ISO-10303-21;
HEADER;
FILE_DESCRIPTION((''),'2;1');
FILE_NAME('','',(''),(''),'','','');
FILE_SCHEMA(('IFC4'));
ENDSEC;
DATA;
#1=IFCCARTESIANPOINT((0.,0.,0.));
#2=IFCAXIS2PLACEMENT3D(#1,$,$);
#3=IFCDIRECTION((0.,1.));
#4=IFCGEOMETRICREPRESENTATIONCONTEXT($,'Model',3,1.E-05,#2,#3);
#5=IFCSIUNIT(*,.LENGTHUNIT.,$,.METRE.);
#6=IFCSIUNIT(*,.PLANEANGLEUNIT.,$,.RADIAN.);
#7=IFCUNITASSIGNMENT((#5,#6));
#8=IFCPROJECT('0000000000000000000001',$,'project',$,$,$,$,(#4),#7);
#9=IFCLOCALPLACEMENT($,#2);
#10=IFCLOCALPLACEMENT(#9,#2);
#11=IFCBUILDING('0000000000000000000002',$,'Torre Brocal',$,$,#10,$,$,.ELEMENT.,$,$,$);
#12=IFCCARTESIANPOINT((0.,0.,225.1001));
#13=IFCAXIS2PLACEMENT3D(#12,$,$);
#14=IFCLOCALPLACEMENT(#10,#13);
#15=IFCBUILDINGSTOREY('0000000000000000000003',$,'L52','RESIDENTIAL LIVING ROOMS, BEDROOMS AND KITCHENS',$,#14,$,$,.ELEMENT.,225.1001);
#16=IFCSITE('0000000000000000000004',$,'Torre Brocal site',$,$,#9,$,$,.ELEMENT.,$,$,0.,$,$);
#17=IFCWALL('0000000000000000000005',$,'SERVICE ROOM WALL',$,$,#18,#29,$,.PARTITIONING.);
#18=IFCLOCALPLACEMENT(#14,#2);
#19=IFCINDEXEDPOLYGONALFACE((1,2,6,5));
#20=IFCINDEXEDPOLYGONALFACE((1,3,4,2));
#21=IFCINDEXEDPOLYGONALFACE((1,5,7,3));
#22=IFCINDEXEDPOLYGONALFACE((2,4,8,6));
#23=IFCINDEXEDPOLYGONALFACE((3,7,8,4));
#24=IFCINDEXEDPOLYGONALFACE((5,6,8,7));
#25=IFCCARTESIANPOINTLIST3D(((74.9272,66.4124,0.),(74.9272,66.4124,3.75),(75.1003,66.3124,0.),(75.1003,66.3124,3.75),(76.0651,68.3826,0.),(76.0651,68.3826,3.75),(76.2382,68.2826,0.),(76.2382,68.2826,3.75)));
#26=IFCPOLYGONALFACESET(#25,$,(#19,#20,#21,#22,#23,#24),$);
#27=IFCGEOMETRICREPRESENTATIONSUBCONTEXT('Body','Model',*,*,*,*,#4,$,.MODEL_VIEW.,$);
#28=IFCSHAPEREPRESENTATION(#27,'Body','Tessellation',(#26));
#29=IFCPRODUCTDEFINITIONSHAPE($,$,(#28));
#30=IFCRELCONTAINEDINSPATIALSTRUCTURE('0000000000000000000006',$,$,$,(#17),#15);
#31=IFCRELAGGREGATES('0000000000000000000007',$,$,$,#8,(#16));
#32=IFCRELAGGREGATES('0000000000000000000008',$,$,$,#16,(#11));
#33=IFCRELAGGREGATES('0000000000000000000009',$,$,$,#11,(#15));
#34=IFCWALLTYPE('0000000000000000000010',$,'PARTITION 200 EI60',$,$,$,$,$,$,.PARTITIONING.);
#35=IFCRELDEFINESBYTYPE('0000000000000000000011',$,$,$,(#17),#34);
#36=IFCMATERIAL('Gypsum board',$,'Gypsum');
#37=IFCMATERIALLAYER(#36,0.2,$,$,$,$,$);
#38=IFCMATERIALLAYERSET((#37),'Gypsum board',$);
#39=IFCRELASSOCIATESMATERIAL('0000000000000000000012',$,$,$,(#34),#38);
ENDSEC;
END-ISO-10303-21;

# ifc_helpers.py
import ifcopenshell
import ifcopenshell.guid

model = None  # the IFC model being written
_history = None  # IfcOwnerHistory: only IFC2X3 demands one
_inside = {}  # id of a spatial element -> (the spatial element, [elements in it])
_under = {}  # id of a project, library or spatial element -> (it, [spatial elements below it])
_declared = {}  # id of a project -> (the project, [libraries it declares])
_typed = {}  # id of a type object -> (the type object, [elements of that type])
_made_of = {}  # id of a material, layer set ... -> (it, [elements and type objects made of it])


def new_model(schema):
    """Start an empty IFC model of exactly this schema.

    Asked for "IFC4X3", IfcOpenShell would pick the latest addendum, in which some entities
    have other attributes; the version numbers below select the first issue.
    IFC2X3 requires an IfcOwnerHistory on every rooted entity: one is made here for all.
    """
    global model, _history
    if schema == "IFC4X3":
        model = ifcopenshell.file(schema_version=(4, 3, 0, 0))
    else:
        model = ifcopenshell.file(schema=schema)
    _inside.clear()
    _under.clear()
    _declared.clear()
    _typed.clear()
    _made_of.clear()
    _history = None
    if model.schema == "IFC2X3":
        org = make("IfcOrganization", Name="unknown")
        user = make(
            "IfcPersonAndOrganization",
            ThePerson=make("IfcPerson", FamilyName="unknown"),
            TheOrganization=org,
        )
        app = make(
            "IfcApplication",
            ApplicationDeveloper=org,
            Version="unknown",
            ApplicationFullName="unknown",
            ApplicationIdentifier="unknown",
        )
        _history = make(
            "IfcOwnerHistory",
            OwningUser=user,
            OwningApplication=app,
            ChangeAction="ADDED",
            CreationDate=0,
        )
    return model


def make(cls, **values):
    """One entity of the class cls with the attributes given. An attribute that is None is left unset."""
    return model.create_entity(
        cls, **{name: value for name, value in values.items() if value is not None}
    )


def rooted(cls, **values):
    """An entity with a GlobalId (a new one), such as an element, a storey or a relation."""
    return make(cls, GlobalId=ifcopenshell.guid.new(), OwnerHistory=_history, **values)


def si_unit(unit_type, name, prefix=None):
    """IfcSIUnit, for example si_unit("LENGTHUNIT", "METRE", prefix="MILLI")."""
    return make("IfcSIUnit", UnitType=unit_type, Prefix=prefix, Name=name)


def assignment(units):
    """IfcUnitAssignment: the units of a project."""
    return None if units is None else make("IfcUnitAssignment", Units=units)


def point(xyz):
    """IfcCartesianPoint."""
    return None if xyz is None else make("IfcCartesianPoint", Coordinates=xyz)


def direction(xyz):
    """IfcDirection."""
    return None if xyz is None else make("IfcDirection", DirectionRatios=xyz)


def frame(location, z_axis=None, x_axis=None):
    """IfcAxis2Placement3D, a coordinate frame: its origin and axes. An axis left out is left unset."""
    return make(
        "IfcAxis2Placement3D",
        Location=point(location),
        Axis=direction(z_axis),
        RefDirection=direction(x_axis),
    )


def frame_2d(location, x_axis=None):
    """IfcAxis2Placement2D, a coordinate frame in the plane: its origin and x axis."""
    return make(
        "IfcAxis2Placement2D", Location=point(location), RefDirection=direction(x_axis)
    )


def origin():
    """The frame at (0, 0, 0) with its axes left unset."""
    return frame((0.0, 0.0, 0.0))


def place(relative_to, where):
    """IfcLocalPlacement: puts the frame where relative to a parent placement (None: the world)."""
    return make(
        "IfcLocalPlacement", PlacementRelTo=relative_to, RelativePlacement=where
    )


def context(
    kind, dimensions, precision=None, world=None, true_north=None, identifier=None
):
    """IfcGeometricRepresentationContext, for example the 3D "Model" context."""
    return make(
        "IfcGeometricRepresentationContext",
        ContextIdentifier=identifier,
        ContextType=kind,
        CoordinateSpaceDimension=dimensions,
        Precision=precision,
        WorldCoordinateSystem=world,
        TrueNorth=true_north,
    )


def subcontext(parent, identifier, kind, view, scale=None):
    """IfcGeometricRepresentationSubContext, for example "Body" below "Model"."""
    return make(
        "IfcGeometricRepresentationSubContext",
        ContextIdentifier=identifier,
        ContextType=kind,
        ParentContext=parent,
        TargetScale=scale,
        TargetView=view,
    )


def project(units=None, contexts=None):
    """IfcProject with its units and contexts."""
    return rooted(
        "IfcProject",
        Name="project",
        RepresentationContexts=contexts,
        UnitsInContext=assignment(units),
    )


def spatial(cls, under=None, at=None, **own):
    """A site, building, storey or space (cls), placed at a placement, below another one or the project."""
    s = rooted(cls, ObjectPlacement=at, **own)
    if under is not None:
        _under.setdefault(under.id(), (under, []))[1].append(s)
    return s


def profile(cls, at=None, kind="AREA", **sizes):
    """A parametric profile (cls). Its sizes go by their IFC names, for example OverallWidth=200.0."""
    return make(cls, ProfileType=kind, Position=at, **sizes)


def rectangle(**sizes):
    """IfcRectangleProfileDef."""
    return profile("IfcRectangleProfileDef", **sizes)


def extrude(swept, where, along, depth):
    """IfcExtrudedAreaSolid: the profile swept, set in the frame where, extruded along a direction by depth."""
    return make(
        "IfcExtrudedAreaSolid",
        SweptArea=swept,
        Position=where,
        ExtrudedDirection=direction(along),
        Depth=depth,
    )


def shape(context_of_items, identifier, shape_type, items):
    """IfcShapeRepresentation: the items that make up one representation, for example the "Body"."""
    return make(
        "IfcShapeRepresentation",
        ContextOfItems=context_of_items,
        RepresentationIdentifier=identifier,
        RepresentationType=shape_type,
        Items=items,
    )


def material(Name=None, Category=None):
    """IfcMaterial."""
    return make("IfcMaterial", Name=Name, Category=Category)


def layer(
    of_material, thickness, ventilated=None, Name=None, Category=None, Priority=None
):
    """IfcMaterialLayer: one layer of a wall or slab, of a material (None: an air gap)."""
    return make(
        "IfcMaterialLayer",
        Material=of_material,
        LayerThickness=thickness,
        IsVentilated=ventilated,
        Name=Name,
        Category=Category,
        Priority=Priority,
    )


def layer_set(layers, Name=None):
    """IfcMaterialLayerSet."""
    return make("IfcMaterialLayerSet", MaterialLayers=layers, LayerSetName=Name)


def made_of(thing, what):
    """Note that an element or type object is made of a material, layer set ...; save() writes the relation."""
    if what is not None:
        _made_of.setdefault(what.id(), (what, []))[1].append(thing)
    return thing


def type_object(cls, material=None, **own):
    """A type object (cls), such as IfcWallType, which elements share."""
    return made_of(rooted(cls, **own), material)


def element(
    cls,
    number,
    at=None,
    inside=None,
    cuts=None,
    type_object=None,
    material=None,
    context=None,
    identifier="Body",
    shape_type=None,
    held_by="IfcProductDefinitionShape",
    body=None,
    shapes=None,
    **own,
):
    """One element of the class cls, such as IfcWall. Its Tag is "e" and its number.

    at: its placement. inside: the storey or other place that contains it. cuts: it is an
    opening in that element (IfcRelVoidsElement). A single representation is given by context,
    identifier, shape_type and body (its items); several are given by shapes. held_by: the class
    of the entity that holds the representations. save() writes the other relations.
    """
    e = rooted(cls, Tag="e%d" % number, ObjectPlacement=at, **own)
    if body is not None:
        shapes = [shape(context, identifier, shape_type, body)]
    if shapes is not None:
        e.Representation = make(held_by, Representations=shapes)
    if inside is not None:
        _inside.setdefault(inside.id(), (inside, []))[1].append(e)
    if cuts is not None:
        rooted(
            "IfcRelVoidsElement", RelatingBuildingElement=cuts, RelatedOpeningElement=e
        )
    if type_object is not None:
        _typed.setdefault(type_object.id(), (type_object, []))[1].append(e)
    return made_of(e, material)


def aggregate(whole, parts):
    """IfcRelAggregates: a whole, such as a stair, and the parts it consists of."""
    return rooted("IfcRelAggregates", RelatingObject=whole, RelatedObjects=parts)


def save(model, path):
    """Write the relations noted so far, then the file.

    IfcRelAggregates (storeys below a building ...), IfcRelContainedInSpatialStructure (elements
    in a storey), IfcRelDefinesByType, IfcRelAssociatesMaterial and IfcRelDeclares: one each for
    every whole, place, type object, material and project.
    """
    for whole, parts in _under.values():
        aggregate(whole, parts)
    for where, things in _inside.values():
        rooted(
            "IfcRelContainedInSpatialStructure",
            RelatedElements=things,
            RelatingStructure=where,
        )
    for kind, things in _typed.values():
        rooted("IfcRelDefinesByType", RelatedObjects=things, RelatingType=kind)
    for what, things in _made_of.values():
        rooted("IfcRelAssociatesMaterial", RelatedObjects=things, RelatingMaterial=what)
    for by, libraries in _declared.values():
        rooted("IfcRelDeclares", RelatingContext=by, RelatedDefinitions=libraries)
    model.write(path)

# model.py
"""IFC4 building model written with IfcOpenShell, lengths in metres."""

from ifc_helpers import new_model, si_unit, direction, frame, frame_2d, origin, place, context, subcontext, project, spatial, rectangle, extrude, material, layer, layer_set, type_object, element, save


model = new_model("IFC4")

# Units and contexts
model_context = context("Model", 3, precision=1e-05, world=origin(), true_north=direction((0.0, 1.0)))
body_context = subcontext(model_context, "Body", "Model", "MODEL_VIEW")
ifc_project = project(units=[si_unit("LENGTHUNIT", "METRE"), si_unit("PLANEANGLEUNIT", "RADIAN")], contexts=[model_context])

# Site, building, storey
site_placement = place(None, origin())
site = spatial("IfcSite", under=ifc_project, at=site_placement, Name="Torre Brocal site", CompositionType="ELEMENT", RefElevation=0.0)
building_placement = place(site_placement, origin())
building = spatial("IfcBuilding", under=site, at=building_placement, Name="Torre Brocal", CompositionType="ELEMENT")
storey_placement = place(building_placement, frame((0.0, 0.0, 225.1001)))
storey = spatial("IfcBuildingStorey", under=building, at=storey_placement, Name="L52", Description="RESIDENTIAL LIVING ROOMS, BEDROOMS AND KITCHENS", CompositionType="ELEMENT", Elevation=225.1001)

# Shared definitions
ifc_material_1 = material(Name="Gypsum board", Category="Gypsum")
ifc_layer_1 = layer(ifc_material_1, 0.2)
ifc_layer_set_1 = layer_set([ifc_layer_1], Name="Gypsum board")
wall_type_1 = type_object("IfcWallType", Name="PARTITION 200 EI60", PredefinedType="PARTITIONING", material=ifc_layer_set_1)

# Wall
wall_1_placement = place(storey_placement, frame((75.0137, 66.3623, 0.0), z_axis=(0.0, 0.0, 1.0), x_axis=(0.500144, 0.865943, 0.0)))
element("IfcWall", 1, at=wall_1_placement, inside=storey, type_object=wall_type_1, Name="SERVICE ROOM WALL", PredefinedType="PARTITIONING", context=body_context, shape_type="SweptSolid", body=[
    extrude(rectangle(XDim=2.2751, YDim=0.2, at=frame_2d((1.1377, 0.0))), origin(), (0.0, 0.0, 1.0), 3.75),
])

save(model, "model.ifc")
